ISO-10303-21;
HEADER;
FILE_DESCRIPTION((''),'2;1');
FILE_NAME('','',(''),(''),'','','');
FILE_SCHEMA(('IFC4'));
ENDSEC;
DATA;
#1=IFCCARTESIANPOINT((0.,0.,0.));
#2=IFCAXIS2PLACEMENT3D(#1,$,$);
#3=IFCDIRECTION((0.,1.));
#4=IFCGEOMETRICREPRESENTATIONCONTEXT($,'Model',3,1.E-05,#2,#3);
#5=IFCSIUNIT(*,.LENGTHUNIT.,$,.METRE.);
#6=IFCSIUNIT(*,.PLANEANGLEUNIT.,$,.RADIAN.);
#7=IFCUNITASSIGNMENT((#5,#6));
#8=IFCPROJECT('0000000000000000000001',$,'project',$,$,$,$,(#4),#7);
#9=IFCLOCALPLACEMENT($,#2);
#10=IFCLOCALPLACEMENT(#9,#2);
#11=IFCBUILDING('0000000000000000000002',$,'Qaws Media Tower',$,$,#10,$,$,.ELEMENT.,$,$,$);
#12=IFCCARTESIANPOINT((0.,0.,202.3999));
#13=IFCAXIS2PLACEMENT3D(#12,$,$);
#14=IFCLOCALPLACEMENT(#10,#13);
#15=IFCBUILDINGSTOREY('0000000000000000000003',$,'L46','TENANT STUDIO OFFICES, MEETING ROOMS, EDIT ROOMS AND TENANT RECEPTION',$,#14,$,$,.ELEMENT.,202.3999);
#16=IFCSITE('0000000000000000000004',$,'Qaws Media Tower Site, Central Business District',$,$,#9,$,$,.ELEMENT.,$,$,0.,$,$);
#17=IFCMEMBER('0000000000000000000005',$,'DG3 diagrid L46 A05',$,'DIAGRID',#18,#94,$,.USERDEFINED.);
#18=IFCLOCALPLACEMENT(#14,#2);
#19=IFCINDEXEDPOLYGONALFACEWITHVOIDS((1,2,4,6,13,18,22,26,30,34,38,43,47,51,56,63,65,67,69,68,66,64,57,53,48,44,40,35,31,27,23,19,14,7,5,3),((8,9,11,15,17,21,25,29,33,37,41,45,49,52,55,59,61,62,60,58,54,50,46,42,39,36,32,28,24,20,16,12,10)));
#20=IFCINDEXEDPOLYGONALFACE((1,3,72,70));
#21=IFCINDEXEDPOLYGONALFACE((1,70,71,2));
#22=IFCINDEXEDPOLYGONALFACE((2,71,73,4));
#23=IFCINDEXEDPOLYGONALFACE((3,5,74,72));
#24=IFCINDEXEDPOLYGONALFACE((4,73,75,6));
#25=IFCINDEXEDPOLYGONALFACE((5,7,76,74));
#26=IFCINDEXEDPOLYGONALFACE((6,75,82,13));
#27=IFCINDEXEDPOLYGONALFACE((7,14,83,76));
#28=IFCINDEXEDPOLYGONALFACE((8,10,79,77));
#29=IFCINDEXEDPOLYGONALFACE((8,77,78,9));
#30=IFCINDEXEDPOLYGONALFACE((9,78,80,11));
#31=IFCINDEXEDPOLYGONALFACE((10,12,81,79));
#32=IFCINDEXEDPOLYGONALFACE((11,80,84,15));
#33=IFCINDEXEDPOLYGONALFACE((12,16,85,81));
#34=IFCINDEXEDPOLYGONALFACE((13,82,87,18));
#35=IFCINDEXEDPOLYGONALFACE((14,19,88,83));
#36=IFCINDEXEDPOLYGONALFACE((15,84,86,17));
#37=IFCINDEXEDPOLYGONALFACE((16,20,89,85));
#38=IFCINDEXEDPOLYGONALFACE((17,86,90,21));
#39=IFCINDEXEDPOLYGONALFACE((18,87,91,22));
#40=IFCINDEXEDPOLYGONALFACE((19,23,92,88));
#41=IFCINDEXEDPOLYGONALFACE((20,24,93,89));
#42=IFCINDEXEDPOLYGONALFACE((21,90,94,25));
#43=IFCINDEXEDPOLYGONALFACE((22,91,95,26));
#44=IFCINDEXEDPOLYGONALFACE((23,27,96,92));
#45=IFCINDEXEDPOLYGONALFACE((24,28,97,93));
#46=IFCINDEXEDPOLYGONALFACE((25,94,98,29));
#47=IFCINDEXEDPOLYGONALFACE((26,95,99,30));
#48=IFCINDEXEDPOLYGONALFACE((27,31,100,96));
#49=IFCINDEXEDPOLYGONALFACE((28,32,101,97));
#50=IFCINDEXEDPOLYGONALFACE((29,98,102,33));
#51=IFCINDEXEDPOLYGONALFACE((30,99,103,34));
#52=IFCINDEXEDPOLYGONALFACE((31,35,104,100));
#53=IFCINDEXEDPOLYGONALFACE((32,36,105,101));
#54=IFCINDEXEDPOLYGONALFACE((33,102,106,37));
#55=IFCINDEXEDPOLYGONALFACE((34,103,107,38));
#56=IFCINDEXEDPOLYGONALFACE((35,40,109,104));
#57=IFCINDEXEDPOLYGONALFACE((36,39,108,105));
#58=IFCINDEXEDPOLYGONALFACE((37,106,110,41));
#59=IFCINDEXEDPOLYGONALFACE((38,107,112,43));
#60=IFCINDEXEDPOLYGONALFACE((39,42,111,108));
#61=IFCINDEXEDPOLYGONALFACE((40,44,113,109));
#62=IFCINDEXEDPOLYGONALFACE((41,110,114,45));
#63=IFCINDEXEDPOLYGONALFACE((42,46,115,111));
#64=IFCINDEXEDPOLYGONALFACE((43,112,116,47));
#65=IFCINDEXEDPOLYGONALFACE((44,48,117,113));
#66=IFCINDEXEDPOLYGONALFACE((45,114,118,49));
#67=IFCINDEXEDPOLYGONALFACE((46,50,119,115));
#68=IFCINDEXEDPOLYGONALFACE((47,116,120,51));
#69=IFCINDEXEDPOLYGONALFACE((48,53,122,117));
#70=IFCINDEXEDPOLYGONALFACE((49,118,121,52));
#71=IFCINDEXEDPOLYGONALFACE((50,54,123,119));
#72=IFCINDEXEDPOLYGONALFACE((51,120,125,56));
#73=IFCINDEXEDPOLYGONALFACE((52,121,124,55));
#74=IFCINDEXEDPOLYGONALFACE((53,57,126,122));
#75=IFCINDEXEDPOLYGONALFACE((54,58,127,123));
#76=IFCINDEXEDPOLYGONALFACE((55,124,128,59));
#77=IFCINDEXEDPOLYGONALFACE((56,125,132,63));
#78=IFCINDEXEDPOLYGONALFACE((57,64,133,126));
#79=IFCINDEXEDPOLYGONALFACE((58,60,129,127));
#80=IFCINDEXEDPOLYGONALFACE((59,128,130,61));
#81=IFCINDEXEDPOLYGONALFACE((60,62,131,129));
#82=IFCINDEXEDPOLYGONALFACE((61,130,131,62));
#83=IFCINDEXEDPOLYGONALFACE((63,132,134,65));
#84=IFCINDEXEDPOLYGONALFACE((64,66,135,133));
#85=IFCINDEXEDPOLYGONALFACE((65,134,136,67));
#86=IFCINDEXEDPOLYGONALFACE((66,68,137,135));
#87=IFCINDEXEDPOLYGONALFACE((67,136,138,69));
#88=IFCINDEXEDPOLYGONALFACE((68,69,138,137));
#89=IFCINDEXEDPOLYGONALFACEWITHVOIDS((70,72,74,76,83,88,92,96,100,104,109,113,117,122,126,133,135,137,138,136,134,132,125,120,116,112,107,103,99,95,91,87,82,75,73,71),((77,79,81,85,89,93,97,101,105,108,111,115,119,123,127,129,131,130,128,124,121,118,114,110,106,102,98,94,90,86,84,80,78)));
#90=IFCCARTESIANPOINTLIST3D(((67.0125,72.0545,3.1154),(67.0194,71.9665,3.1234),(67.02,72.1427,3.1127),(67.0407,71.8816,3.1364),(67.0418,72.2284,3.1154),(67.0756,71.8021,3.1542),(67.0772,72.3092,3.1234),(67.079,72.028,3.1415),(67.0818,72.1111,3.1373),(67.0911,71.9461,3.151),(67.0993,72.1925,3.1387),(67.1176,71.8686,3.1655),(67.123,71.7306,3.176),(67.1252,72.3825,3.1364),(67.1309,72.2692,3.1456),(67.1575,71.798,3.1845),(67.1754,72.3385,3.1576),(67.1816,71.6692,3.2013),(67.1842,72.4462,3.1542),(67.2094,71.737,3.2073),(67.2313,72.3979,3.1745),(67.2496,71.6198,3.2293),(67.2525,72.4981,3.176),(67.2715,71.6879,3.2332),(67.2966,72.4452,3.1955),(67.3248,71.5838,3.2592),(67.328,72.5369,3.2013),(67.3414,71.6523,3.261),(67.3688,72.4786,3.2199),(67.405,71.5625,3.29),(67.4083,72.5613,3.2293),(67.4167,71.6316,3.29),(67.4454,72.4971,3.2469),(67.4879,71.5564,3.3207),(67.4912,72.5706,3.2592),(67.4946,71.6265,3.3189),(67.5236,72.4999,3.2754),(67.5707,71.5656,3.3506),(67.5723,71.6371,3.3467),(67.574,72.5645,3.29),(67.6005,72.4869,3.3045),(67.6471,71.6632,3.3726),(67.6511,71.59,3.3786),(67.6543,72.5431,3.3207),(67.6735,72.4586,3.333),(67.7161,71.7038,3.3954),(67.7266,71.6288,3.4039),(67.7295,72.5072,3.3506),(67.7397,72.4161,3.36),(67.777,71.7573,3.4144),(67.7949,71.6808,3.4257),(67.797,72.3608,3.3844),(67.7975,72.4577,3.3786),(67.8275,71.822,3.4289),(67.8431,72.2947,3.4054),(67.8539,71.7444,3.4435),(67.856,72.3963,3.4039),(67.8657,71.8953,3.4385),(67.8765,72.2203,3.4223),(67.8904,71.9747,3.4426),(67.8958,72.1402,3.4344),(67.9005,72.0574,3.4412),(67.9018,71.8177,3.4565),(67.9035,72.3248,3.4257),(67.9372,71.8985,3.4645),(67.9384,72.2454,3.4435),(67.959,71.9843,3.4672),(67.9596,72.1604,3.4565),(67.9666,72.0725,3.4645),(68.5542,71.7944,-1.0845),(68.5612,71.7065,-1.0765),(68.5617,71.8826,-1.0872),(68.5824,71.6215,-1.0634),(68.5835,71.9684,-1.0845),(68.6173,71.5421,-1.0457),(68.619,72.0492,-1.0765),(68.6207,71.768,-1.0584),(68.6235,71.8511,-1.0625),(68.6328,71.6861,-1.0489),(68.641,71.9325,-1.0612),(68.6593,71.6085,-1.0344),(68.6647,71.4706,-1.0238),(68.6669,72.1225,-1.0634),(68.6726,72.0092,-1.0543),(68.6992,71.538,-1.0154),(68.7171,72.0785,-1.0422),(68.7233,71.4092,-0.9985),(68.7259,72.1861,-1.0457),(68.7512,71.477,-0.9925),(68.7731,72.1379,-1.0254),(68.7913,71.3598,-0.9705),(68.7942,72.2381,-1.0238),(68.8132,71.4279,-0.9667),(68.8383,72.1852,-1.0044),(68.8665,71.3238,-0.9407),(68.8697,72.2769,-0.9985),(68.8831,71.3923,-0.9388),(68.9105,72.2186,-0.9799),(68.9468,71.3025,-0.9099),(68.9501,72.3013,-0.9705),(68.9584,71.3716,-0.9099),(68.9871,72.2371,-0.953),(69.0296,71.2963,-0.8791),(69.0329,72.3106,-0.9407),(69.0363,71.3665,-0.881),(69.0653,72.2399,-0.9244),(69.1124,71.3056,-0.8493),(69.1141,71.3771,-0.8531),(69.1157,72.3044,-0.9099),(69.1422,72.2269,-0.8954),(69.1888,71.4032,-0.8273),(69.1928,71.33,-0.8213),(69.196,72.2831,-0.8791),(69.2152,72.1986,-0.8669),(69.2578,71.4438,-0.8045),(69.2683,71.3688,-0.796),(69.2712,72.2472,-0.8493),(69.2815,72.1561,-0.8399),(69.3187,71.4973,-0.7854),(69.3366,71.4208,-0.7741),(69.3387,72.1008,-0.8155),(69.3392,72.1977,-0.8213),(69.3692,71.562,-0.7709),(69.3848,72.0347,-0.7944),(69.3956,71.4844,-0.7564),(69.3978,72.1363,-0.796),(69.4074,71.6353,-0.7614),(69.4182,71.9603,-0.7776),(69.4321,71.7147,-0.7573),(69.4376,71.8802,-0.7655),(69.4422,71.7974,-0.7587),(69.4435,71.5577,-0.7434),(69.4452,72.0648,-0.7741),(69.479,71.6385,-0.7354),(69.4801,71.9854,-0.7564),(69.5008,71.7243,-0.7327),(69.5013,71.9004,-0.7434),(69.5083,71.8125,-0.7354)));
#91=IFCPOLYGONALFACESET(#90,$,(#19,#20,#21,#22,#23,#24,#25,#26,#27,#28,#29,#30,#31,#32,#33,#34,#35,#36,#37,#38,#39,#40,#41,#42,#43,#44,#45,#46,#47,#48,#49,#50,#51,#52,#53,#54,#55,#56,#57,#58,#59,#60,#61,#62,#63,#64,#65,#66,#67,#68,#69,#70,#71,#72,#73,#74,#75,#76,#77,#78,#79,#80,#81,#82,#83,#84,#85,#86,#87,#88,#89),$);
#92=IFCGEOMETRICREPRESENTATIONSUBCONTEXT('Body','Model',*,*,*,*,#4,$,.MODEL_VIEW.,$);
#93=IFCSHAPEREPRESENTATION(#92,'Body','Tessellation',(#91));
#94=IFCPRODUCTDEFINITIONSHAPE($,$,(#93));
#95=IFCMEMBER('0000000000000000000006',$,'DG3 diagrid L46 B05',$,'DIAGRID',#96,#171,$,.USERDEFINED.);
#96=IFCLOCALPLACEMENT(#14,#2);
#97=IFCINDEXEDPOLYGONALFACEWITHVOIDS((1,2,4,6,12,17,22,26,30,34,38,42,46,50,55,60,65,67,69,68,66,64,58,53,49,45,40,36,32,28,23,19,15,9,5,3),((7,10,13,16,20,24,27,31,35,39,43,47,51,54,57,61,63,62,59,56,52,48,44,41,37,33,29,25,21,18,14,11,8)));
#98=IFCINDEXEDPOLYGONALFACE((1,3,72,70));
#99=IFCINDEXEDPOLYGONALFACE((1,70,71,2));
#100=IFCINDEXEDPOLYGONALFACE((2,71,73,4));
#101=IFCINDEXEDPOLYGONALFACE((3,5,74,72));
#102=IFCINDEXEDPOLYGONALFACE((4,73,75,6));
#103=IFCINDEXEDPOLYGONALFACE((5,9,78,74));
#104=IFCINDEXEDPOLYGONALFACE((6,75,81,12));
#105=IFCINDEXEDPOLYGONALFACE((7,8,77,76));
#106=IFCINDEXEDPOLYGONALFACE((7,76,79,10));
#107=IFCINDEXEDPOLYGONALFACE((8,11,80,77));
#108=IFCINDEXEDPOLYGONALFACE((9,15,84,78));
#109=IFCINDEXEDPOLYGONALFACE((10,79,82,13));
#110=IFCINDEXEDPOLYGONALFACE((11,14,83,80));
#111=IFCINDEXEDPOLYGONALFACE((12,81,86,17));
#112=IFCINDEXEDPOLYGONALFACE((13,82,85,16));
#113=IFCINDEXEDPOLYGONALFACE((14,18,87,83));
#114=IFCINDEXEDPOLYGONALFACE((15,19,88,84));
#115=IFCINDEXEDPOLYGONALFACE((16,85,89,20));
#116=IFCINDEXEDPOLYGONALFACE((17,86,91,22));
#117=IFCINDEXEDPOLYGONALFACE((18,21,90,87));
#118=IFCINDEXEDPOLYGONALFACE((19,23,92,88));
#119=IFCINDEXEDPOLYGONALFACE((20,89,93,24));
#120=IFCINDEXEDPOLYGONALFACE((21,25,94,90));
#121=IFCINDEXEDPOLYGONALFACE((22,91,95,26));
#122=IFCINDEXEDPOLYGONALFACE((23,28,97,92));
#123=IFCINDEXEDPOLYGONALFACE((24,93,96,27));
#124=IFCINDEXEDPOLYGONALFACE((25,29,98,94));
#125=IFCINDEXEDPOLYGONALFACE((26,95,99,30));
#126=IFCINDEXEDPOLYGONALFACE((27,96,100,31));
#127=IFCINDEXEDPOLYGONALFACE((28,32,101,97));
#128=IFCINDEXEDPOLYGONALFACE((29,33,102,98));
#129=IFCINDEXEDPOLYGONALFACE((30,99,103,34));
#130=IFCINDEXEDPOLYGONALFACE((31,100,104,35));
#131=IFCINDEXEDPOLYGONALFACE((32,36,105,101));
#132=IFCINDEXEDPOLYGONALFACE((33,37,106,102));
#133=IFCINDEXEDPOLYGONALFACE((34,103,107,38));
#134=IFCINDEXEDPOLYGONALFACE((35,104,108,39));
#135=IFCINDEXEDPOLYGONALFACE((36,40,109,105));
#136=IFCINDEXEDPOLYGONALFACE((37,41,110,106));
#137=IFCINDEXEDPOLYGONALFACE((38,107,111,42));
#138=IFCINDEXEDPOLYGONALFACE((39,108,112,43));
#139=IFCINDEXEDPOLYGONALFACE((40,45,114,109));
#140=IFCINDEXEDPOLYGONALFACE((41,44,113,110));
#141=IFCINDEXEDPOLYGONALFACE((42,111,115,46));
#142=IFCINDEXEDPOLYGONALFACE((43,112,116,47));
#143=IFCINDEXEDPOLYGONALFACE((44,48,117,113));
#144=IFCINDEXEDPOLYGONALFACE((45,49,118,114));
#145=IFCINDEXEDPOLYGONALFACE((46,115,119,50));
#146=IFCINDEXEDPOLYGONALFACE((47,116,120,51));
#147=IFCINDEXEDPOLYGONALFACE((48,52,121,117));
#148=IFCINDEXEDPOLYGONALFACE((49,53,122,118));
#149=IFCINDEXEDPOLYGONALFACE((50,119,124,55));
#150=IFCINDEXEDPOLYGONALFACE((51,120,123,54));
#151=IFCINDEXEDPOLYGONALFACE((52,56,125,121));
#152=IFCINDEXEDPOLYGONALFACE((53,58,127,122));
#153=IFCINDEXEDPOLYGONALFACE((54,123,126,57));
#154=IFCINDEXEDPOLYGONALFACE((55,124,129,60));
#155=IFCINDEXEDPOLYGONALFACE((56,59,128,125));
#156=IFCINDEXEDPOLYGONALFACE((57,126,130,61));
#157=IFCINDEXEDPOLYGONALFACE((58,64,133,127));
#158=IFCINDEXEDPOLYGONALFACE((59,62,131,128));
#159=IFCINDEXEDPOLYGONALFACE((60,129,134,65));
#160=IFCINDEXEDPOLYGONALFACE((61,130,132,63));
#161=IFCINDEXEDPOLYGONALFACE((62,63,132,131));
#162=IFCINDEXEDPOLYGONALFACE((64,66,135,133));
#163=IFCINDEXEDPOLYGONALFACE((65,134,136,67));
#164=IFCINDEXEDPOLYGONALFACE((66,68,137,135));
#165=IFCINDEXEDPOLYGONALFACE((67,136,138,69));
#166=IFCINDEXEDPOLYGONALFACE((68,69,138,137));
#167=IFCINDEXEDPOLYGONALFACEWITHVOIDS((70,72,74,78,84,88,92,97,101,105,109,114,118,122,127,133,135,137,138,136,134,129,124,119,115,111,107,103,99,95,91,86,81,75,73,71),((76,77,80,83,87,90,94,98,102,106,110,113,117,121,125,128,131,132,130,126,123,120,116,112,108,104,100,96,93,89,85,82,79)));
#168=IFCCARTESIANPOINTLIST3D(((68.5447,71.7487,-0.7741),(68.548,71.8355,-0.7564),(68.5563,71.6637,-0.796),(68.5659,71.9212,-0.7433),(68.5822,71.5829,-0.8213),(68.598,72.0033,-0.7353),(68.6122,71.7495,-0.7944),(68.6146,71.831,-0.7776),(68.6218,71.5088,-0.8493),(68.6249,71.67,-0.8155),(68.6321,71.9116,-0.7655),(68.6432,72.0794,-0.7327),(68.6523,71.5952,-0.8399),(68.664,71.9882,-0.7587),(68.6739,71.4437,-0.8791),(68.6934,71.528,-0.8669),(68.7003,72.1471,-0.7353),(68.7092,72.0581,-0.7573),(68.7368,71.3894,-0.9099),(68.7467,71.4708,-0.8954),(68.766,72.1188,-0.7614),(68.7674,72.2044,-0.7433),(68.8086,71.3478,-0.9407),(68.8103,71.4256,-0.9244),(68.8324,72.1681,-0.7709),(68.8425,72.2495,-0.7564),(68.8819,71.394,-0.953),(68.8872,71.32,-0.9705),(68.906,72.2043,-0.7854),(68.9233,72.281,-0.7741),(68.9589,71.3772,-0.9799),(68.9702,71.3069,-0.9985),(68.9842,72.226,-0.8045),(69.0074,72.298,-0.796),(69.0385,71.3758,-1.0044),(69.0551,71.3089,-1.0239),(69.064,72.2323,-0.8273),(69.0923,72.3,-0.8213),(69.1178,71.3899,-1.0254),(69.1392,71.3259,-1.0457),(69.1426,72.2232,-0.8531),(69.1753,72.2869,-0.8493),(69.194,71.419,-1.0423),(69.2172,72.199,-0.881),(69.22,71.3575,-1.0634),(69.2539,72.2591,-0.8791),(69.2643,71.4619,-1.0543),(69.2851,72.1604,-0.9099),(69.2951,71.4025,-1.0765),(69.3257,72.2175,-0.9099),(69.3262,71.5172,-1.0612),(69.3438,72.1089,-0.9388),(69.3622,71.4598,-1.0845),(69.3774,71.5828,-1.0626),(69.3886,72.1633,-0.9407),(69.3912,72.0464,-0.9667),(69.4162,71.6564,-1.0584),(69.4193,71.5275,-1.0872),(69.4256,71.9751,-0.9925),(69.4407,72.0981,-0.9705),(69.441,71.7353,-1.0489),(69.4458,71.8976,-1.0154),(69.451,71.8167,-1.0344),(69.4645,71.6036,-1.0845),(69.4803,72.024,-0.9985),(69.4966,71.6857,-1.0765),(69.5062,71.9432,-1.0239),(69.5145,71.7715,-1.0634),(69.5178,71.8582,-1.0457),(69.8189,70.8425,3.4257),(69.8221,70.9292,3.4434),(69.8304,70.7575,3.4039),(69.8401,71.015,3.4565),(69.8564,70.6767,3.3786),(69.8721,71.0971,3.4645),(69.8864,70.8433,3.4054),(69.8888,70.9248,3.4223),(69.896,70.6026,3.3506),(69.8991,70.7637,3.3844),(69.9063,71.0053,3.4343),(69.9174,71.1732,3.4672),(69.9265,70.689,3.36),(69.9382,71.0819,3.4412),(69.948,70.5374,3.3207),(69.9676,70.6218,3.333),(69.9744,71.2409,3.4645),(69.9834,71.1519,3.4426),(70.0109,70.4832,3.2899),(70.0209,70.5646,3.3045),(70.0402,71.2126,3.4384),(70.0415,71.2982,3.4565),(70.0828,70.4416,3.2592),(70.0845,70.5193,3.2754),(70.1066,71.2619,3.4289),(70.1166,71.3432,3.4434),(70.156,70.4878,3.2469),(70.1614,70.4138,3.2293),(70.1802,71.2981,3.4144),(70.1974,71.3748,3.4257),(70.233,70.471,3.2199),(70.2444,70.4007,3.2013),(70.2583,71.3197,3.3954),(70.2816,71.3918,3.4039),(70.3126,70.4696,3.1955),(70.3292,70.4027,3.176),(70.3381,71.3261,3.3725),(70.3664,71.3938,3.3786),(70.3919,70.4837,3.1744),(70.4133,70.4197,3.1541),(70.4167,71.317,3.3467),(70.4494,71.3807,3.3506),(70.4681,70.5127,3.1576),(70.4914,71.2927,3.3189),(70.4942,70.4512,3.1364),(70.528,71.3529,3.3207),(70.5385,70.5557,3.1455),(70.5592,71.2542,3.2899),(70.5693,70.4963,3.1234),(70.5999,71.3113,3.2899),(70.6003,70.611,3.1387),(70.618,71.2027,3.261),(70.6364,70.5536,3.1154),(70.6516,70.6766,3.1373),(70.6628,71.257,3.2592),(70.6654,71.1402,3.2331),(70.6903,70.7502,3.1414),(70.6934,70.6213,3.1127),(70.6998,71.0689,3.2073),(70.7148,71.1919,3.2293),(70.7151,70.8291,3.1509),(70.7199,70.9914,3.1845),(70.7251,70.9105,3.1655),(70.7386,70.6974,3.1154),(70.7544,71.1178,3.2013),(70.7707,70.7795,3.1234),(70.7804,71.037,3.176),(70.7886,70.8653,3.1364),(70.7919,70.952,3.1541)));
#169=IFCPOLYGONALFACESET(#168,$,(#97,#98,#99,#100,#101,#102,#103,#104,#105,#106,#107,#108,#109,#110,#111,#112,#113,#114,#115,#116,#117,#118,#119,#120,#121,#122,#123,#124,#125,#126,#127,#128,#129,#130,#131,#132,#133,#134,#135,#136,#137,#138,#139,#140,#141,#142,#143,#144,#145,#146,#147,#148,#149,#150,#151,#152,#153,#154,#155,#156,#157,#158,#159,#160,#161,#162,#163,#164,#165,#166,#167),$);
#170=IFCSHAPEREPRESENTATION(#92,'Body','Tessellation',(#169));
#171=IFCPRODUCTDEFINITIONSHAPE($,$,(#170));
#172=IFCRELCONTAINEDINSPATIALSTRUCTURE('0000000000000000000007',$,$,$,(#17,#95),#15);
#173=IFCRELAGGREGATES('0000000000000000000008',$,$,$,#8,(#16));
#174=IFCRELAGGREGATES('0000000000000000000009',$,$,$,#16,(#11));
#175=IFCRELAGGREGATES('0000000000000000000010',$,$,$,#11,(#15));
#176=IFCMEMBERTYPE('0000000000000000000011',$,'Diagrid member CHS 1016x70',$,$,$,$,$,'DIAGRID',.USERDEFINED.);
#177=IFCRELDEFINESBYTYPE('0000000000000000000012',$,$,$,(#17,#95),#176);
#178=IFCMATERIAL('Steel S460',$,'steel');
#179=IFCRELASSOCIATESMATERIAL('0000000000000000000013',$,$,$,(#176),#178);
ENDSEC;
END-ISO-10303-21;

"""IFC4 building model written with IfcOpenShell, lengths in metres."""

from ifc_helpers import new_model, si_unit, direction, frame, origin, origin_2d, place, context, subcontext, project, spatial, hollow_circle, extrude, material, material_profile, profile_set, type_object, element, save


model = new_model("IFC4")

# Units and contexts
model_context = context("Model", 3, precision=1e-05, world=origin(), true_north=direction((0.0, 1.0)))
body_context = subcontext(model_context, "Body", "Model", "MODEL_VIEW")
ifc_project = project(units=[si_unit("LENGTHUNIT", "METRE"), si_unit("PLANEANGLEUNIT", "RADIAN")], contexts=[model_context])

# Site, building, storey
site_placement = place(None, origin())
site = spatial("IfcSite", under=ifc_project, at=site_placement, Name="Qaws Media Tower Site, Central Business District", CompositionType="ELEMENT", RefElevation=0.0)
building_placement = place(site_placement, origin())
building = spatial("IfcBuilding", under=site, at=building_placement, Name="Qaws Media Tower", CompositionType="ELEMENT")
storey_placement = place(building_placement, frame((0.0, 0.0, 202.3999)))
storey = spatial("IfcBuildingStorey", under=building, at=storey_placement, Name="L46", Description="TENANT STUDIO OFFICES, MEETING ROOMS, EDIT ROOMS AND TENANT RECEPTION", CompositionType="ELEMENT", Elevation=202.3999)

# Members
ifc_material_1 = material(Name="Steel S460", Category="steel")
ifc_material_profile_1 = material_profile(ifc_material_1, hollow_circle(Radius=0.5081, WallThickness=0.0701, at=origin_2d()), Name="CHS 1016x70")
ifc_profile_set_1 = profile_set([ifc_material_profile_1], Name="Steel S460")
member_type_1 = type_object("IfcMemberType", Name="Diagrid member CHS 1016x70", ElementType="DIAGRID", PredefinedType="USERDEFINED", material=ifc_profile_set_1)
for number, where, z_axis, x_axis, name in (
    (1, (69.0312, 71.8035, -0.9099), (-0.344022, 0.058018, 0.937167), (-0.166298, -0.986076, 0.0), "DG3 diagrid L46 A05"),
    (2, (69.0312, 71.8035, -0.9099), (0.284314, -0.202217, 0.937163), (0.579598, 0.814903, 0.0), "DG3 diagrid L46 B05"),
):
    element("IfcMember", number, at=place(storey_placement, frame(where, z_axis=z_axis, x_axis=x_axis)), inside=storey, type_object=member_type_1, Name=name, ObjectType="DIAGRID", PredefinedType="USERDEFINED", context=body_context, shape_type="SweptSolid", body=[
        extrude(hollow_circle(Radius=0.5081, WallThickness=0.0701, at=origin_2d()), origin(), (0.0, 0.0, 1.0), 4.4814),
    ])

save(model, "model.ifc")
